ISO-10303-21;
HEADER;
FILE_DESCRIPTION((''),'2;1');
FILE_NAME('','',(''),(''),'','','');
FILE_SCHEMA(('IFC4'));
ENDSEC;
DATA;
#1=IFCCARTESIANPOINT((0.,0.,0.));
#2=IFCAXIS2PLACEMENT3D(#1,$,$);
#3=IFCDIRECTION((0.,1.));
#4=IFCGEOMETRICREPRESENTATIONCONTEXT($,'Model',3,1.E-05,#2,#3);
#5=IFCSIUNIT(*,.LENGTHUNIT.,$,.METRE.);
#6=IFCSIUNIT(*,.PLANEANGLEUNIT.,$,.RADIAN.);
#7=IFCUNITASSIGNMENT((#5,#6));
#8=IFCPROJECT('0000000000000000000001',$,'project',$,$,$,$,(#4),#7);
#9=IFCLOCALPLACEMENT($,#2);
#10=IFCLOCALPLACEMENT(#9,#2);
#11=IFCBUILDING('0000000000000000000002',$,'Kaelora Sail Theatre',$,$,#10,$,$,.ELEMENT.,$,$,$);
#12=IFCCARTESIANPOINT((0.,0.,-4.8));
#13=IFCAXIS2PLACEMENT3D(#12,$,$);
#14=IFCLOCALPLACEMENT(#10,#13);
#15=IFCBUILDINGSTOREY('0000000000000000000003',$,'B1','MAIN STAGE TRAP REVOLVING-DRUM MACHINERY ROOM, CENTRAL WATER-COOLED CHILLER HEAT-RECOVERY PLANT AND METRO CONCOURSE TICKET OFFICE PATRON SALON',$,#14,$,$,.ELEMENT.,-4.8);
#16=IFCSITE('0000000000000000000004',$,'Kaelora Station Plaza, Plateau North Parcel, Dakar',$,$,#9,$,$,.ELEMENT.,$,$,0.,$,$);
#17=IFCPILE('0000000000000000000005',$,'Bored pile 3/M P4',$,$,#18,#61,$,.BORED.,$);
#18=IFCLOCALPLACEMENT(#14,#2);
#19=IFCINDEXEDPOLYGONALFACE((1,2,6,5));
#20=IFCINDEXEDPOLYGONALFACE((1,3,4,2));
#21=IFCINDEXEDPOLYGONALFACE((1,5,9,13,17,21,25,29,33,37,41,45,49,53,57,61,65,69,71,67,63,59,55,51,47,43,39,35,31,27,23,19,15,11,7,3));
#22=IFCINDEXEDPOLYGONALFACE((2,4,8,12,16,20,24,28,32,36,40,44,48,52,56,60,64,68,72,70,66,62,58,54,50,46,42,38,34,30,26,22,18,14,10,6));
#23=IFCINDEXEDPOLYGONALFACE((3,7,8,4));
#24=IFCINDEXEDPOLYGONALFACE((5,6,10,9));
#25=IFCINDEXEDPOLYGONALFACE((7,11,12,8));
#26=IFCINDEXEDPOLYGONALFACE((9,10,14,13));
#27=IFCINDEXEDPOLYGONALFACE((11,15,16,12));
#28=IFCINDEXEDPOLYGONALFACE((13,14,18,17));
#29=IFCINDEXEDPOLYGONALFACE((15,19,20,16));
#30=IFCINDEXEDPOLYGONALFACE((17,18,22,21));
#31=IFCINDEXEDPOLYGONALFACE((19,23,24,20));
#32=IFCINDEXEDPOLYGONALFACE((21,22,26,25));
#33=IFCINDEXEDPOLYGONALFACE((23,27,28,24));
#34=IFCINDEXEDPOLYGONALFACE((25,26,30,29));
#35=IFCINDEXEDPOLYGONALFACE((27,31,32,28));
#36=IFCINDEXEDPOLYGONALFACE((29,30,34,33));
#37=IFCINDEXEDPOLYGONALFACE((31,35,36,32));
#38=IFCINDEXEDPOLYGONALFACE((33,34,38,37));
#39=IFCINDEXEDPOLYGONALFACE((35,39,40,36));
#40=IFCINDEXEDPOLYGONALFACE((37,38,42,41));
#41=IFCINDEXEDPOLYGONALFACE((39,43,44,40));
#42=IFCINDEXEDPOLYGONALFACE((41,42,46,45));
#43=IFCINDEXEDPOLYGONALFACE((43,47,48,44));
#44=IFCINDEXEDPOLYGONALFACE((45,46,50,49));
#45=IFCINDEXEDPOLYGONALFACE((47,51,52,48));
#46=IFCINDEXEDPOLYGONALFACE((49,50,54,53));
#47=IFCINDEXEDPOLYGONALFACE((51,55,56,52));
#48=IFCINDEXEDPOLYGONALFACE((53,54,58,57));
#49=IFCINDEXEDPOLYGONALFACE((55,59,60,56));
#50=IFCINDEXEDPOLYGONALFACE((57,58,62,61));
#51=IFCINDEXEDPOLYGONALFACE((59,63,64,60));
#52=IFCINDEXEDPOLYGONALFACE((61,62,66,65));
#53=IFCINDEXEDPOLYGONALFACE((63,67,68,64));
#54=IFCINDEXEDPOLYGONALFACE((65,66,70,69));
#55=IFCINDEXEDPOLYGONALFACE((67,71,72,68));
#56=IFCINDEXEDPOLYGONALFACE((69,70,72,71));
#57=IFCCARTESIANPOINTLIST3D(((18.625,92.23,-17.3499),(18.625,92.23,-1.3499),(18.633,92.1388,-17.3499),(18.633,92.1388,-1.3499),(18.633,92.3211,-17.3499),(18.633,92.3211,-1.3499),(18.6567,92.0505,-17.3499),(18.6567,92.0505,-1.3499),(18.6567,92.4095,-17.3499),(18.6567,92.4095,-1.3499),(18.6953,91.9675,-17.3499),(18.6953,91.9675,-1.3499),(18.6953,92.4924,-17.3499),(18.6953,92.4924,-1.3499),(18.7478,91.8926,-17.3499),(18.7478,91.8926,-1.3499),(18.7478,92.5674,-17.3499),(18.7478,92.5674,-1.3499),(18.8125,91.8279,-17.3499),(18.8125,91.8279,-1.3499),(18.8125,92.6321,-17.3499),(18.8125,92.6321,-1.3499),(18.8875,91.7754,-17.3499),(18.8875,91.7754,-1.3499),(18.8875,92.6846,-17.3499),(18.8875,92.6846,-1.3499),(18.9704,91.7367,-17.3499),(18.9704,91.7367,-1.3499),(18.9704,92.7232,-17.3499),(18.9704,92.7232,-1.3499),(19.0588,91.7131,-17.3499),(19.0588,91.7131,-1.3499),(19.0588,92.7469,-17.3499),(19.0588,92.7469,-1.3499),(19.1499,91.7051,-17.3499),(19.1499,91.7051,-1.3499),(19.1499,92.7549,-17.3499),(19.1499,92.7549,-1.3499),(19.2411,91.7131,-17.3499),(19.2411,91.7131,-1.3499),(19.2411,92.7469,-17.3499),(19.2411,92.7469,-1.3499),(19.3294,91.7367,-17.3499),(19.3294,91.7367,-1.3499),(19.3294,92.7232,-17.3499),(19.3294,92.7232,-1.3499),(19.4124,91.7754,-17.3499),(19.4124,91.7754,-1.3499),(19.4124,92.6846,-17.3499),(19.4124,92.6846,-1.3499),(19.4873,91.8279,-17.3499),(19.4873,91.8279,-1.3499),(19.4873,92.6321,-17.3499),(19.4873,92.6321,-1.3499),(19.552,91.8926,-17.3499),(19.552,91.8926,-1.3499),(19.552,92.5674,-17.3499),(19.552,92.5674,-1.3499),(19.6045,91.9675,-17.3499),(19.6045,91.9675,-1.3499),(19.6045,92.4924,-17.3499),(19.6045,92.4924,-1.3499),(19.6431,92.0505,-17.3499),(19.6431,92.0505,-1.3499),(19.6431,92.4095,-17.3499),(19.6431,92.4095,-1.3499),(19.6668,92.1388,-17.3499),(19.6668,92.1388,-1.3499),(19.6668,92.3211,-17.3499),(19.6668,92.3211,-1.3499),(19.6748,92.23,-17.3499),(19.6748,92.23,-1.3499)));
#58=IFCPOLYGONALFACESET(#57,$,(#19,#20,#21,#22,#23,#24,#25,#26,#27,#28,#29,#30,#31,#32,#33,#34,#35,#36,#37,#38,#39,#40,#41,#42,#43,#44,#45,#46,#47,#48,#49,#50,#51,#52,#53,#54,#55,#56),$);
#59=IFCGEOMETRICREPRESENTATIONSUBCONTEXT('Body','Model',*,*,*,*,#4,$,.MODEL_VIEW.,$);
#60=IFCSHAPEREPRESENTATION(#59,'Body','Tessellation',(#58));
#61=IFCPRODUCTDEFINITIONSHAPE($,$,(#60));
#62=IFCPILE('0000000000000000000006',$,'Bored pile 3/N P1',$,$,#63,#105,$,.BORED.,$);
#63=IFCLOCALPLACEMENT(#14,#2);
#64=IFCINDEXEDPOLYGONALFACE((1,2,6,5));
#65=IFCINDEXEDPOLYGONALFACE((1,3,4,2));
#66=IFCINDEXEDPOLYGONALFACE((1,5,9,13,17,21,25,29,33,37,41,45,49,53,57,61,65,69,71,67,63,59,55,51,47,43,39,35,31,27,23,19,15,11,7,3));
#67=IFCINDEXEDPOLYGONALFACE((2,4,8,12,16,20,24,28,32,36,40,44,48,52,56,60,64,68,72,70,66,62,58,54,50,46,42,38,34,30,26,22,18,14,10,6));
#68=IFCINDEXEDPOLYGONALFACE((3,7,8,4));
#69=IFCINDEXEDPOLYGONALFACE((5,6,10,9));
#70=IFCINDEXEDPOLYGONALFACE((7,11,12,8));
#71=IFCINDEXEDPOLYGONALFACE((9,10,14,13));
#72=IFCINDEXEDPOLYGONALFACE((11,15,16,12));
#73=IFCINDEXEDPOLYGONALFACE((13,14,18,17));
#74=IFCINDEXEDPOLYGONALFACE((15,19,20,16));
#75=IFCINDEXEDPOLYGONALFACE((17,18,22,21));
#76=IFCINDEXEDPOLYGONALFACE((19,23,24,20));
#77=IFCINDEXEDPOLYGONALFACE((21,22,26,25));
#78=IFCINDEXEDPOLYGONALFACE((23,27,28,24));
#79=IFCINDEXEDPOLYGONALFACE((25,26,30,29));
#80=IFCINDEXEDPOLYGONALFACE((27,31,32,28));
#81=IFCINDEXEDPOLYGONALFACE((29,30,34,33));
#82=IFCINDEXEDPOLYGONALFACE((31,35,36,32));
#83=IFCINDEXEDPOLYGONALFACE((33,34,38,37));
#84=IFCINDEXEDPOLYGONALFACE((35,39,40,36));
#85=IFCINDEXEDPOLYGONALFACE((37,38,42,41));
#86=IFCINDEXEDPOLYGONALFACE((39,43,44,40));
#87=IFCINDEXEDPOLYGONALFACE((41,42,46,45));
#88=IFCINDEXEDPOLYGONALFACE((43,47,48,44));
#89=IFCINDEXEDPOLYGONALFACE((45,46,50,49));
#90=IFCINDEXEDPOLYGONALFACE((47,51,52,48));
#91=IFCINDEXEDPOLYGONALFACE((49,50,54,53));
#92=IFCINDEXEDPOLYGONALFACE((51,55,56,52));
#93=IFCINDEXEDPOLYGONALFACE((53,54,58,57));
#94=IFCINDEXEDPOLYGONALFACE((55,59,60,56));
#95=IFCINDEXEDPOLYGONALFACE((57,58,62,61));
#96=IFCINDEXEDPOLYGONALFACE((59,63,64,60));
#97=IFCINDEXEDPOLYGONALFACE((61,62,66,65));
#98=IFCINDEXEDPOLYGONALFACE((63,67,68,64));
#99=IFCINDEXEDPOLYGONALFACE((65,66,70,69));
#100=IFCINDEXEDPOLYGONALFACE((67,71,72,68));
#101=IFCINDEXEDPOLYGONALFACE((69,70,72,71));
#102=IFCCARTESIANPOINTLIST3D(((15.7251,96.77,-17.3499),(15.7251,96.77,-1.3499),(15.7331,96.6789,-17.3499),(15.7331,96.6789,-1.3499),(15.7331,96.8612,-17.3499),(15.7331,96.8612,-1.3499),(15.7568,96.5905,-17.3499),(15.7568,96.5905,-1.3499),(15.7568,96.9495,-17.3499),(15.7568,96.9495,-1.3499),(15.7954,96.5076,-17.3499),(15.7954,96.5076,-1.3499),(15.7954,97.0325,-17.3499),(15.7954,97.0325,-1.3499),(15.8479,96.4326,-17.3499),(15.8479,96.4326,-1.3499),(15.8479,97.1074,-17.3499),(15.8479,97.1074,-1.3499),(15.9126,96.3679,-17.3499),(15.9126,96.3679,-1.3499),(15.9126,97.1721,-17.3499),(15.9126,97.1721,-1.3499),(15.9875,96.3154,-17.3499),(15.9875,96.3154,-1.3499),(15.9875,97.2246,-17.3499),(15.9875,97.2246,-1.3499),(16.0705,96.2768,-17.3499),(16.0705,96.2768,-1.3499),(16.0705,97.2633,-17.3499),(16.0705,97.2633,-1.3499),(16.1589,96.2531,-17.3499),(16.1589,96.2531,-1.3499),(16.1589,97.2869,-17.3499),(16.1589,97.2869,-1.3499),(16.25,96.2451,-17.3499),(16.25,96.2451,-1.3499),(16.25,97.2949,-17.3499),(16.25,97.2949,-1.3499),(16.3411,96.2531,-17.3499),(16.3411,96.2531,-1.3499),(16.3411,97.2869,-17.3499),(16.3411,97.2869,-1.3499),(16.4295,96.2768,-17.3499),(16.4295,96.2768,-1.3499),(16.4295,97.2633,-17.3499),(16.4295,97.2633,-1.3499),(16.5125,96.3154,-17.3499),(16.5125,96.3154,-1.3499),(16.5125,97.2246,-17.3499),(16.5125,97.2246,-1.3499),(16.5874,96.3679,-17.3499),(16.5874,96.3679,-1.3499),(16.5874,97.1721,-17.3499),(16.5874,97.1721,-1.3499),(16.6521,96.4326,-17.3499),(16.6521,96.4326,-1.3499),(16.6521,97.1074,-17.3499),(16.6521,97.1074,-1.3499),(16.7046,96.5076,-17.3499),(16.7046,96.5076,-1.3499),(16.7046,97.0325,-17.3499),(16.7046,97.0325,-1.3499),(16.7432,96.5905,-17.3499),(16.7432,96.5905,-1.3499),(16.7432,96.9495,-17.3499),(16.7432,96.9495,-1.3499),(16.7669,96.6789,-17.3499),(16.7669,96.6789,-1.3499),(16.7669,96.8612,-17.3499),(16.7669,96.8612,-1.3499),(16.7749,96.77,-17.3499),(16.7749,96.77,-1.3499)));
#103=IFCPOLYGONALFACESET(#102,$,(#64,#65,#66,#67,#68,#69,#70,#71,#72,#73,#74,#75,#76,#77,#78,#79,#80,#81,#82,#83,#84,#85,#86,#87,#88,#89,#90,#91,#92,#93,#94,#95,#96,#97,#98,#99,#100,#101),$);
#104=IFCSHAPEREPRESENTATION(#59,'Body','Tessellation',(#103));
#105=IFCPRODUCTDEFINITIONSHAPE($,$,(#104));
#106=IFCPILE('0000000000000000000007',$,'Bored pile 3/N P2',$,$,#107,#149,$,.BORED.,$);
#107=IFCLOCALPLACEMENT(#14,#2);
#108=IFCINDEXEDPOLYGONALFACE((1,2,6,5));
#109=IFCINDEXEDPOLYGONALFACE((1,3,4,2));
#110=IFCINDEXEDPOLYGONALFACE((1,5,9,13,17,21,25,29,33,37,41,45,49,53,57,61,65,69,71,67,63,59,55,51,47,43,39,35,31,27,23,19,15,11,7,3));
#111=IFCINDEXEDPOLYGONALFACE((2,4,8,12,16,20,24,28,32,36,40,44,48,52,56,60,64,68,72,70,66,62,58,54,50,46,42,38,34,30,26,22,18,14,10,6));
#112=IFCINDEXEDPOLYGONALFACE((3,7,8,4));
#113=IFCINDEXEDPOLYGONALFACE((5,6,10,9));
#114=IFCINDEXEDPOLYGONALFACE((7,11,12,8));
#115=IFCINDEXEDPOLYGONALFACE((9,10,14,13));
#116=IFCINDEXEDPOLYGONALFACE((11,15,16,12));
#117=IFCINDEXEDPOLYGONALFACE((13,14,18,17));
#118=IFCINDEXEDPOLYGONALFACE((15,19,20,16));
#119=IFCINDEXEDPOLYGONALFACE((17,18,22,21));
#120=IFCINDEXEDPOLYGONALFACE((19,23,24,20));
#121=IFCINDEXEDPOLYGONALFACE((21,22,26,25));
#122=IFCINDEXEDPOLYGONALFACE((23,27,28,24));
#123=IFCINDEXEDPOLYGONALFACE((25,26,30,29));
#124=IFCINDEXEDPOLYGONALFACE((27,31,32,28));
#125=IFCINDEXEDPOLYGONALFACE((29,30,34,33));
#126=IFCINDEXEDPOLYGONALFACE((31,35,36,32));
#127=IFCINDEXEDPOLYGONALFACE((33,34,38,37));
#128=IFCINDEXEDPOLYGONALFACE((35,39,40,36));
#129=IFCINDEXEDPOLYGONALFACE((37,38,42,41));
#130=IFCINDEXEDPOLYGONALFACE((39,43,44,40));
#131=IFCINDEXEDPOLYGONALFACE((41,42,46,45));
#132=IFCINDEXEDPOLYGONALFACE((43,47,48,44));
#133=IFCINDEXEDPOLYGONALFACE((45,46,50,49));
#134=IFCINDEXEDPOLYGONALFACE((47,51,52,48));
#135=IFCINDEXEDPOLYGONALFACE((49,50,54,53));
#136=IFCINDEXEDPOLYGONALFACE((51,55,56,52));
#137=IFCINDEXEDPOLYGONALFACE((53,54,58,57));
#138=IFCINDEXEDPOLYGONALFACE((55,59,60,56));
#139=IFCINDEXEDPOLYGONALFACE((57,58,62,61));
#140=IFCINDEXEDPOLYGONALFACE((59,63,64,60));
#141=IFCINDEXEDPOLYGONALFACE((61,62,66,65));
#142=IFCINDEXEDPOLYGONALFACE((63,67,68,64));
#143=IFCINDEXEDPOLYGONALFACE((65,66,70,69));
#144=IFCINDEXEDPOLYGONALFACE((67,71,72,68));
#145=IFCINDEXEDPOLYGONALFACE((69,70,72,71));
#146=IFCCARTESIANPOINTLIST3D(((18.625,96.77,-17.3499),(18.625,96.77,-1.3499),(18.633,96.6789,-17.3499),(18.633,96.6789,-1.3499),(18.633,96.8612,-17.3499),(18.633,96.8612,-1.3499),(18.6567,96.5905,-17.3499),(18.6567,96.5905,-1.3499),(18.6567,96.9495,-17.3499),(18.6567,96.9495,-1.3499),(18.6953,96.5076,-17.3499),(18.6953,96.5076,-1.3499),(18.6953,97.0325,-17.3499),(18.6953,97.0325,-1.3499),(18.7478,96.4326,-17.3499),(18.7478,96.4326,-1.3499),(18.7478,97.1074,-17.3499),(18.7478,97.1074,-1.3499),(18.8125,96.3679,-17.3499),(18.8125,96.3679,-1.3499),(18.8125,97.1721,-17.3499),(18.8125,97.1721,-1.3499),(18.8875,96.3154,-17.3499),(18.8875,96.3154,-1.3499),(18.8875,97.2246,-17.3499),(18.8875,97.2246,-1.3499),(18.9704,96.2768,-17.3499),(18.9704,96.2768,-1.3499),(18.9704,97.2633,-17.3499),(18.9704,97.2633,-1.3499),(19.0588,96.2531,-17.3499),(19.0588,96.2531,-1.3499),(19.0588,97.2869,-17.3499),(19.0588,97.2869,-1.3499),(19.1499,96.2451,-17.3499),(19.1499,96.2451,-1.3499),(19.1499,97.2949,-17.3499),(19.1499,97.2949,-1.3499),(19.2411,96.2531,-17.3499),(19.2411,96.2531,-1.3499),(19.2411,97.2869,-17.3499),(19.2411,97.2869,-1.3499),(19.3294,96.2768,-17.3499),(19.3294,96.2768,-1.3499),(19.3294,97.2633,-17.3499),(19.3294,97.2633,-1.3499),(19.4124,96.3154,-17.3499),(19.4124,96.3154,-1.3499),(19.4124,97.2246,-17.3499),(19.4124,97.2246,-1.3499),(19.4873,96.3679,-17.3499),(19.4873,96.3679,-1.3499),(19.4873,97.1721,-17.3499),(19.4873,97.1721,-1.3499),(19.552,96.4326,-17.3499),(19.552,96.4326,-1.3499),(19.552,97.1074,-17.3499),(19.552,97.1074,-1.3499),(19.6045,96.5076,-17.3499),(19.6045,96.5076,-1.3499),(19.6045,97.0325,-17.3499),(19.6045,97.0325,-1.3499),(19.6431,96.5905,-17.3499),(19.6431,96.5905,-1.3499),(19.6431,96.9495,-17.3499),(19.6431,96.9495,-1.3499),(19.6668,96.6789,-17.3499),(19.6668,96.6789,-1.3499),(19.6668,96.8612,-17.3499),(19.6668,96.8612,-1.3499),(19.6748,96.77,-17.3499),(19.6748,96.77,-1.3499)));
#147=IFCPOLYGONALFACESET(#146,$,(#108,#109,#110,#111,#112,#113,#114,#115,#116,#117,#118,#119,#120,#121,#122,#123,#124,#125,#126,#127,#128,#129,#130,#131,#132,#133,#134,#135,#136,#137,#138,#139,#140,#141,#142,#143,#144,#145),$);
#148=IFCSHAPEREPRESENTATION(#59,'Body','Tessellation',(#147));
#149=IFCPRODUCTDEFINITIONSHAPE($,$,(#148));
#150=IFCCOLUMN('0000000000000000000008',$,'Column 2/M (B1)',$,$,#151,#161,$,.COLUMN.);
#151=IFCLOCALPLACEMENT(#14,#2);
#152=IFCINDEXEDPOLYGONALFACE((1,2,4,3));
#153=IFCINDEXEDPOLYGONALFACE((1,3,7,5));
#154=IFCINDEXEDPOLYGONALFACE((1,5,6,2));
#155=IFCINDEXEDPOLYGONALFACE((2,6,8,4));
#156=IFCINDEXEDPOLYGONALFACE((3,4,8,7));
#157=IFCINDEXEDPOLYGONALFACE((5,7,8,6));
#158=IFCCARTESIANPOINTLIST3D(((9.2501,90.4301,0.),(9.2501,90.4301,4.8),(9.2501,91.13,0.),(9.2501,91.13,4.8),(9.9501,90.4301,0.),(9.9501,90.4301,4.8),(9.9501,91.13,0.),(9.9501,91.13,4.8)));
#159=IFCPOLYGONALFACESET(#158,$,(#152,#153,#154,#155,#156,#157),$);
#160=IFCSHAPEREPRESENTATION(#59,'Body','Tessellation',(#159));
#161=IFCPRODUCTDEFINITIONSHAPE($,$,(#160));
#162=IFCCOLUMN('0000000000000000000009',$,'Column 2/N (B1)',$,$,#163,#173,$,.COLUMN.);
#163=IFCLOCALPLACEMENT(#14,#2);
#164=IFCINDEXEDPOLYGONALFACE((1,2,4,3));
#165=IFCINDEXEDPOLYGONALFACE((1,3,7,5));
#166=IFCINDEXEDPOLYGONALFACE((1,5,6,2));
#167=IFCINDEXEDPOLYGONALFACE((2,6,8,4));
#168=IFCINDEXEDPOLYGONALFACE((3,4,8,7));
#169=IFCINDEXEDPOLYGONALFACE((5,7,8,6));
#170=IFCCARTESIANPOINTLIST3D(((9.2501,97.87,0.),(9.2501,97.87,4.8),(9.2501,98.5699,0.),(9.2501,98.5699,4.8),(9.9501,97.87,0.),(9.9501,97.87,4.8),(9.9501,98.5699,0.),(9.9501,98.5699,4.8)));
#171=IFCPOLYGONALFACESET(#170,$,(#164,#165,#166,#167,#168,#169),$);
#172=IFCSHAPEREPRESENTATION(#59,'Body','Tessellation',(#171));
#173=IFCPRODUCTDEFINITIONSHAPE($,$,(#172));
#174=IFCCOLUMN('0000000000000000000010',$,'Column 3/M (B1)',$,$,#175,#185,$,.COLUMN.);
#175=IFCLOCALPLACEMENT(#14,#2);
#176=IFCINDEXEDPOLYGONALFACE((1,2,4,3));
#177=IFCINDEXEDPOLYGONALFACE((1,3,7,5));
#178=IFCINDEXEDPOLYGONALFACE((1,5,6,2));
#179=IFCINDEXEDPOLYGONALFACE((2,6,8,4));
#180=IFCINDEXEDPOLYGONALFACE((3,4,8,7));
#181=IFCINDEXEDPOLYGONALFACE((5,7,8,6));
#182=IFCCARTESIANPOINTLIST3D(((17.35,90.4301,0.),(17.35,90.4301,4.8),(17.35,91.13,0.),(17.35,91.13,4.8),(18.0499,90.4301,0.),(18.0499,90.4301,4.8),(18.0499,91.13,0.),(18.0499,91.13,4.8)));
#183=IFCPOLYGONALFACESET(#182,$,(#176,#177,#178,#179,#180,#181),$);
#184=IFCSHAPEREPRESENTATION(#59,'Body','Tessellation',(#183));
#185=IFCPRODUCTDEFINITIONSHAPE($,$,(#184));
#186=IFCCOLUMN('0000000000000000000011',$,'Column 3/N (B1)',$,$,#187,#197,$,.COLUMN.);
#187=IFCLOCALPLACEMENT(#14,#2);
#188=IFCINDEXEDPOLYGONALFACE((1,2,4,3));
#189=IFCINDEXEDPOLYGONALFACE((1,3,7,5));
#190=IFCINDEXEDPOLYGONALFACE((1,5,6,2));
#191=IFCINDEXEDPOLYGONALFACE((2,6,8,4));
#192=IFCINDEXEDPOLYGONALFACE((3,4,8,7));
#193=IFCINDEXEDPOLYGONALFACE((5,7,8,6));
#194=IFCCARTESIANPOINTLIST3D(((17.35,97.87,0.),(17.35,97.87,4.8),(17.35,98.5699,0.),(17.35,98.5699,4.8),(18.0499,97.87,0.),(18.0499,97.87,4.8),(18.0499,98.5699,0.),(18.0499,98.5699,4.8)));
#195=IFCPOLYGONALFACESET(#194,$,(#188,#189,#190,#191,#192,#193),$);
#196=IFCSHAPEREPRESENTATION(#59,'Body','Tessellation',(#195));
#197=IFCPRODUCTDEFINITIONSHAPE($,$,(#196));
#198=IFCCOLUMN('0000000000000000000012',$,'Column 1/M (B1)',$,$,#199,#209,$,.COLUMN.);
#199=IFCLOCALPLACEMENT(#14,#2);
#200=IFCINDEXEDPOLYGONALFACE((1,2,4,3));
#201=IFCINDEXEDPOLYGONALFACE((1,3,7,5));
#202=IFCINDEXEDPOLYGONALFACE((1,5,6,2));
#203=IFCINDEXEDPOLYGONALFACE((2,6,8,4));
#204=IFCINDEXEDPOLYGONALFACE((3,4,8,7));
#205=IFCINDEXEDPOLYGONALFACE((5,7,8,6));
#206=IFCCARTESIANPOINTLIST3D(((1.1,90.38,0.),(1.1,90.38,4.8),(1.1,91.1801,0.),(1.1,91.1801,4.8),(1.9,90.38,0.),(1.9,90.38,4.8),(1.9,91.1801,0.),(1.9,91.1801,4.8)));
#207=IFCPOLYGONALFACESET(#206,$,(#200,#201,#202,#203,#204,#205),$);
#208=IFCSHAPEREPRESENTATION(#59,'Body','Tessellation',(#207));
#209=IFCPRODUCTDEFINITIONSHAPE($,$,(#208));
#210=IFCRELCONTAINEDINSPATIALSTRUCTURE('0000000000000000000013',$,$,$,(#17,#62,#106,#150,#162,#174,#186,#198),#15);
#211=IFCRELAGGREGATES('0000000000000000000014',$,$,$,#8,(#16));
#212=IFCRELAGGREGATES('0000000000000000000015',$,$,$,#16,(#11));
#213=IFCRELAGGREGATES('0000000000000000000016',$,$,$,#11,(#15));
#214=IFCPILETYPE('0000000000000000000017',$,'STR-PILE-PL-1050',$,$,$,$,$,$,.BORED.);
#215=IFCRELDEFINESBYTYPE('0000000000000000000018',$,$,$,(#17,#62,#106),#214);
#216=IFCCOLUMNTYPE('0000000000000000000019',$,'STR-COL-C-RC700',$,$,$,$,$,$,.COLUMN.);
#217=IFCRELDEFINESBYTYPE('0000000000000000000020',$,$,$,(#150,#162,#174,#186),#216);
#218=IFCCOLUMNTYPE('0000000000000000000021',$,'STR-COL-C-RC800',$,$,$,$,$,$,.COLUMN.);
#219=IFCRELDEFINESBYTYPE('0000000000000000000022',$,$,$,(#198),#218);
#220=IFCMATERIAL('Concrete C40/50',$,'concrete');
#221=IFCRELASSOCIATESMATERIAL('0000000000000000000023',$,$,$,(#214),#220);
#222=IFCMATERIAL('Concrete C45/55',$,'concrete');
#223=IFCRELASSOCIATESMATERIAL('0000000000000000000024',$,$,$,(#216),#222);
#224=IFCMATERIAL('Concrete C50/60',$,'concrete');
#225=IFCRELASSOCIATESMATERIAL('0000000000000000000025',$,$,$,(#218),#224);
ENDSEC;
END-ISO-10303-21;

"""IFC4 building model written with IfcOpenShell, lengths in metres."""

from ifc_helpers import new_model, si_unit, direction, frame, origin, origin_2d, place, context, subcontext, project, spatial, rectangle, circle, extrude, material, material_profile, profile_set, type_object, element, save


model = new_model("IFC4")

# Units and contexts
model_context = context("Model", 3, precision=1e-05, world=origin(), true_north=direction((0.0, 1.0)))
body_context = subcontext(model_context, "Body", "Model", "MODEL_VIEW")
ifc_project = project(units=[si_unit("LENGTHUNIT", "METRE"), si_unit("PLANEANGLEUNIT", "RADIAN")], contexts=[model_context])

# Site, building, storey
site_placement = place(None, origin())
site = spatial("IfcSite", under=ifc_project, at=site_placement, Name="Kaelora Station Plaza, Plateau North Parcel, Dakar", CompositionType="ELEMENT", RefElevation=0.0)
building_placement = place(site_placement, origin())
building = spatial("IfcBuilding", under=site, at=building_placement, Name="Kaelora Sail Theatre", CompositionType="ELEMENT")
storey_placement = place(building_placement, frame((0.0, 0.0, -4.8)))
storey = spatial("IfcBuildingStorey", under=building, at=storey_placement, Name="B1", Description="MAIN STAGE TRAP REVOLVING-DRUM MACHINERY ROOM, CENTRAL WATER-COOLED CHILLER HEAT-RECOVERY PLANT AND METRO CONCOURSE TICKET OFFICE PATRON SALON", CompositionType="ELEMENT", Elevation=-4.8)

# Piles
ifc_material_1 = material(Name="Concrete C40/50", Category="concrete")
ifc_material_profile_1 = material_profile(ifc_material_1, circle(Radius=0.5249, at=origin_2d()), Name="PILE D1050")
ifc_profile_set_1 = profile_set([ifc_material_profile_1], Name="Concrete C40/50")
pile_type = type_object("IfcPileType", Name="STR-PILE-PL-1050", PredefinedType="BORED", material=ifc_profile_set_1)
for number, where, z_axis, x_axis, name in (
    (1, (19.1499, 92.23, -1.3499), (0.0, 0.0, -1.0), (1.0, 0.0, 0.0), "Bored pile 3/M P4"),
    (2, (16.25, 96.77, -1.3499), (0.0, 0.0, -1.0), (1.0, 0.0, 0.0), "Bored pile 3/N P1"),
    (3, (19.1499, 96.77, -1.3499), (0.0, 0.0, -1.0), (1.0, 0.0, 0.0), "Bored pile 3/N P2"),
):
    element("IfcPile", number, at=place(storey_placement, frame(where, z_axis=z_axis, x_axis=x_axis)), inside=storey, type_object=pile_type, Name=name, PredefinedType="BORED", context=body_context, shape_type="SweptSolid", body=[
        extrude(circle(Radius=0.5249, at=origin_2d()), origin(), (0.0, 0.0, 1.0), 16.0),
    ])

# Columns
ifc_material_2 = material(Name="Concrete C45/55", Category="concrete")
ifc_material_profile_2 = material_profile(ifc_material_2, rectangle(XDim=0.7, YDim=0.7, at=origin_2d()), Name="RC-COL 700x700")
ifc_profile_set_2 = profile_set([ifc_material_profile_2], Name="Concrete C45/55")
column_type_1 = type_object("IfcColumnType", Name="STR-COL-C-RC700", PredefinedType="COLUMN", material=ifc_profile_set_2)
for number, where, z_axis, x_axis, name in (
    (4, (9.6001, 90.78, 0.0), (0.0, 0.0, 1.0), (1.0, 0.0, 0.0), "Column 2/M (B1)"),
    (5, (9.6001, 98.22, 0.0), (0.0, 0.0, 1.0), (1.0, 0.0, 0.0), "Column 2/N (B1)"),
    (6, (17.7, 90.78, 0.0), (0.0, 0.0, 1.0), (1.0, 0.0, 0.0), "Column 3/M (B1)"),
    (7, (17.7, 98.22, 0.0), (0.0, 0.0, 1.0), (1.0, 0.0, 0.0), "Column 3/N (B1)"),
):
    element("IfcColumn", number, at=place(storey_placement, frame(where, z_axis=z_axis, x_axis=x_axis)), inside=storey, type_object=column_type_1, Name=name, PredefinedType="COLUMN", context=body_context, shape_type="SweptSolid", body=[
        extrude(rectangle(XDim=0.7, YDim=0.7, at=origin_2d()), origin(), (0.0, 0.0, 1.0), 4.8),
    ])
ifc_material_3 = material(Name="Concrete C50/60", Category="concrete")
ifc_material_profile_3 = material_profile(ifc_material_3, rectangle(XDim=0.8, YDim=0.8, at=origin_2d()), Name="RC-COL 800x800")
ifc_profile_set_3 = profile_set([ifc_material_profile_3], Name="Concrete C50/60")
column_type_2 = type_object("IfcColumnType", Name="STR-COL-C-RC800", PredefinedType="COLUMN", material=ifc_profile_set_3)
for number, where, z_axis, x_axis, name in (
    (8, (1.5, 90.78, 0.0), (0.0, 0.0, 1.0), (1.0, 0.0, 0.0), "Column 1/M (B1)"),
):
    element("IfcColumn", number, at=place(storey_placement, frame(where, z_axis=z_axis, x_axis=x_axis)), inside=storey, type_object=column_type_2, Name=name, PredefinedType="COLUMN", context=body_context, shape_type="SweptSolid", body=[
        extrude(rectangle(XDim=0.8, YDim=0.8, at=origin_2d()), origin(), (0.0, 0.0, 1.0), 4.8),
    ])

save(model, "model.ifc")
